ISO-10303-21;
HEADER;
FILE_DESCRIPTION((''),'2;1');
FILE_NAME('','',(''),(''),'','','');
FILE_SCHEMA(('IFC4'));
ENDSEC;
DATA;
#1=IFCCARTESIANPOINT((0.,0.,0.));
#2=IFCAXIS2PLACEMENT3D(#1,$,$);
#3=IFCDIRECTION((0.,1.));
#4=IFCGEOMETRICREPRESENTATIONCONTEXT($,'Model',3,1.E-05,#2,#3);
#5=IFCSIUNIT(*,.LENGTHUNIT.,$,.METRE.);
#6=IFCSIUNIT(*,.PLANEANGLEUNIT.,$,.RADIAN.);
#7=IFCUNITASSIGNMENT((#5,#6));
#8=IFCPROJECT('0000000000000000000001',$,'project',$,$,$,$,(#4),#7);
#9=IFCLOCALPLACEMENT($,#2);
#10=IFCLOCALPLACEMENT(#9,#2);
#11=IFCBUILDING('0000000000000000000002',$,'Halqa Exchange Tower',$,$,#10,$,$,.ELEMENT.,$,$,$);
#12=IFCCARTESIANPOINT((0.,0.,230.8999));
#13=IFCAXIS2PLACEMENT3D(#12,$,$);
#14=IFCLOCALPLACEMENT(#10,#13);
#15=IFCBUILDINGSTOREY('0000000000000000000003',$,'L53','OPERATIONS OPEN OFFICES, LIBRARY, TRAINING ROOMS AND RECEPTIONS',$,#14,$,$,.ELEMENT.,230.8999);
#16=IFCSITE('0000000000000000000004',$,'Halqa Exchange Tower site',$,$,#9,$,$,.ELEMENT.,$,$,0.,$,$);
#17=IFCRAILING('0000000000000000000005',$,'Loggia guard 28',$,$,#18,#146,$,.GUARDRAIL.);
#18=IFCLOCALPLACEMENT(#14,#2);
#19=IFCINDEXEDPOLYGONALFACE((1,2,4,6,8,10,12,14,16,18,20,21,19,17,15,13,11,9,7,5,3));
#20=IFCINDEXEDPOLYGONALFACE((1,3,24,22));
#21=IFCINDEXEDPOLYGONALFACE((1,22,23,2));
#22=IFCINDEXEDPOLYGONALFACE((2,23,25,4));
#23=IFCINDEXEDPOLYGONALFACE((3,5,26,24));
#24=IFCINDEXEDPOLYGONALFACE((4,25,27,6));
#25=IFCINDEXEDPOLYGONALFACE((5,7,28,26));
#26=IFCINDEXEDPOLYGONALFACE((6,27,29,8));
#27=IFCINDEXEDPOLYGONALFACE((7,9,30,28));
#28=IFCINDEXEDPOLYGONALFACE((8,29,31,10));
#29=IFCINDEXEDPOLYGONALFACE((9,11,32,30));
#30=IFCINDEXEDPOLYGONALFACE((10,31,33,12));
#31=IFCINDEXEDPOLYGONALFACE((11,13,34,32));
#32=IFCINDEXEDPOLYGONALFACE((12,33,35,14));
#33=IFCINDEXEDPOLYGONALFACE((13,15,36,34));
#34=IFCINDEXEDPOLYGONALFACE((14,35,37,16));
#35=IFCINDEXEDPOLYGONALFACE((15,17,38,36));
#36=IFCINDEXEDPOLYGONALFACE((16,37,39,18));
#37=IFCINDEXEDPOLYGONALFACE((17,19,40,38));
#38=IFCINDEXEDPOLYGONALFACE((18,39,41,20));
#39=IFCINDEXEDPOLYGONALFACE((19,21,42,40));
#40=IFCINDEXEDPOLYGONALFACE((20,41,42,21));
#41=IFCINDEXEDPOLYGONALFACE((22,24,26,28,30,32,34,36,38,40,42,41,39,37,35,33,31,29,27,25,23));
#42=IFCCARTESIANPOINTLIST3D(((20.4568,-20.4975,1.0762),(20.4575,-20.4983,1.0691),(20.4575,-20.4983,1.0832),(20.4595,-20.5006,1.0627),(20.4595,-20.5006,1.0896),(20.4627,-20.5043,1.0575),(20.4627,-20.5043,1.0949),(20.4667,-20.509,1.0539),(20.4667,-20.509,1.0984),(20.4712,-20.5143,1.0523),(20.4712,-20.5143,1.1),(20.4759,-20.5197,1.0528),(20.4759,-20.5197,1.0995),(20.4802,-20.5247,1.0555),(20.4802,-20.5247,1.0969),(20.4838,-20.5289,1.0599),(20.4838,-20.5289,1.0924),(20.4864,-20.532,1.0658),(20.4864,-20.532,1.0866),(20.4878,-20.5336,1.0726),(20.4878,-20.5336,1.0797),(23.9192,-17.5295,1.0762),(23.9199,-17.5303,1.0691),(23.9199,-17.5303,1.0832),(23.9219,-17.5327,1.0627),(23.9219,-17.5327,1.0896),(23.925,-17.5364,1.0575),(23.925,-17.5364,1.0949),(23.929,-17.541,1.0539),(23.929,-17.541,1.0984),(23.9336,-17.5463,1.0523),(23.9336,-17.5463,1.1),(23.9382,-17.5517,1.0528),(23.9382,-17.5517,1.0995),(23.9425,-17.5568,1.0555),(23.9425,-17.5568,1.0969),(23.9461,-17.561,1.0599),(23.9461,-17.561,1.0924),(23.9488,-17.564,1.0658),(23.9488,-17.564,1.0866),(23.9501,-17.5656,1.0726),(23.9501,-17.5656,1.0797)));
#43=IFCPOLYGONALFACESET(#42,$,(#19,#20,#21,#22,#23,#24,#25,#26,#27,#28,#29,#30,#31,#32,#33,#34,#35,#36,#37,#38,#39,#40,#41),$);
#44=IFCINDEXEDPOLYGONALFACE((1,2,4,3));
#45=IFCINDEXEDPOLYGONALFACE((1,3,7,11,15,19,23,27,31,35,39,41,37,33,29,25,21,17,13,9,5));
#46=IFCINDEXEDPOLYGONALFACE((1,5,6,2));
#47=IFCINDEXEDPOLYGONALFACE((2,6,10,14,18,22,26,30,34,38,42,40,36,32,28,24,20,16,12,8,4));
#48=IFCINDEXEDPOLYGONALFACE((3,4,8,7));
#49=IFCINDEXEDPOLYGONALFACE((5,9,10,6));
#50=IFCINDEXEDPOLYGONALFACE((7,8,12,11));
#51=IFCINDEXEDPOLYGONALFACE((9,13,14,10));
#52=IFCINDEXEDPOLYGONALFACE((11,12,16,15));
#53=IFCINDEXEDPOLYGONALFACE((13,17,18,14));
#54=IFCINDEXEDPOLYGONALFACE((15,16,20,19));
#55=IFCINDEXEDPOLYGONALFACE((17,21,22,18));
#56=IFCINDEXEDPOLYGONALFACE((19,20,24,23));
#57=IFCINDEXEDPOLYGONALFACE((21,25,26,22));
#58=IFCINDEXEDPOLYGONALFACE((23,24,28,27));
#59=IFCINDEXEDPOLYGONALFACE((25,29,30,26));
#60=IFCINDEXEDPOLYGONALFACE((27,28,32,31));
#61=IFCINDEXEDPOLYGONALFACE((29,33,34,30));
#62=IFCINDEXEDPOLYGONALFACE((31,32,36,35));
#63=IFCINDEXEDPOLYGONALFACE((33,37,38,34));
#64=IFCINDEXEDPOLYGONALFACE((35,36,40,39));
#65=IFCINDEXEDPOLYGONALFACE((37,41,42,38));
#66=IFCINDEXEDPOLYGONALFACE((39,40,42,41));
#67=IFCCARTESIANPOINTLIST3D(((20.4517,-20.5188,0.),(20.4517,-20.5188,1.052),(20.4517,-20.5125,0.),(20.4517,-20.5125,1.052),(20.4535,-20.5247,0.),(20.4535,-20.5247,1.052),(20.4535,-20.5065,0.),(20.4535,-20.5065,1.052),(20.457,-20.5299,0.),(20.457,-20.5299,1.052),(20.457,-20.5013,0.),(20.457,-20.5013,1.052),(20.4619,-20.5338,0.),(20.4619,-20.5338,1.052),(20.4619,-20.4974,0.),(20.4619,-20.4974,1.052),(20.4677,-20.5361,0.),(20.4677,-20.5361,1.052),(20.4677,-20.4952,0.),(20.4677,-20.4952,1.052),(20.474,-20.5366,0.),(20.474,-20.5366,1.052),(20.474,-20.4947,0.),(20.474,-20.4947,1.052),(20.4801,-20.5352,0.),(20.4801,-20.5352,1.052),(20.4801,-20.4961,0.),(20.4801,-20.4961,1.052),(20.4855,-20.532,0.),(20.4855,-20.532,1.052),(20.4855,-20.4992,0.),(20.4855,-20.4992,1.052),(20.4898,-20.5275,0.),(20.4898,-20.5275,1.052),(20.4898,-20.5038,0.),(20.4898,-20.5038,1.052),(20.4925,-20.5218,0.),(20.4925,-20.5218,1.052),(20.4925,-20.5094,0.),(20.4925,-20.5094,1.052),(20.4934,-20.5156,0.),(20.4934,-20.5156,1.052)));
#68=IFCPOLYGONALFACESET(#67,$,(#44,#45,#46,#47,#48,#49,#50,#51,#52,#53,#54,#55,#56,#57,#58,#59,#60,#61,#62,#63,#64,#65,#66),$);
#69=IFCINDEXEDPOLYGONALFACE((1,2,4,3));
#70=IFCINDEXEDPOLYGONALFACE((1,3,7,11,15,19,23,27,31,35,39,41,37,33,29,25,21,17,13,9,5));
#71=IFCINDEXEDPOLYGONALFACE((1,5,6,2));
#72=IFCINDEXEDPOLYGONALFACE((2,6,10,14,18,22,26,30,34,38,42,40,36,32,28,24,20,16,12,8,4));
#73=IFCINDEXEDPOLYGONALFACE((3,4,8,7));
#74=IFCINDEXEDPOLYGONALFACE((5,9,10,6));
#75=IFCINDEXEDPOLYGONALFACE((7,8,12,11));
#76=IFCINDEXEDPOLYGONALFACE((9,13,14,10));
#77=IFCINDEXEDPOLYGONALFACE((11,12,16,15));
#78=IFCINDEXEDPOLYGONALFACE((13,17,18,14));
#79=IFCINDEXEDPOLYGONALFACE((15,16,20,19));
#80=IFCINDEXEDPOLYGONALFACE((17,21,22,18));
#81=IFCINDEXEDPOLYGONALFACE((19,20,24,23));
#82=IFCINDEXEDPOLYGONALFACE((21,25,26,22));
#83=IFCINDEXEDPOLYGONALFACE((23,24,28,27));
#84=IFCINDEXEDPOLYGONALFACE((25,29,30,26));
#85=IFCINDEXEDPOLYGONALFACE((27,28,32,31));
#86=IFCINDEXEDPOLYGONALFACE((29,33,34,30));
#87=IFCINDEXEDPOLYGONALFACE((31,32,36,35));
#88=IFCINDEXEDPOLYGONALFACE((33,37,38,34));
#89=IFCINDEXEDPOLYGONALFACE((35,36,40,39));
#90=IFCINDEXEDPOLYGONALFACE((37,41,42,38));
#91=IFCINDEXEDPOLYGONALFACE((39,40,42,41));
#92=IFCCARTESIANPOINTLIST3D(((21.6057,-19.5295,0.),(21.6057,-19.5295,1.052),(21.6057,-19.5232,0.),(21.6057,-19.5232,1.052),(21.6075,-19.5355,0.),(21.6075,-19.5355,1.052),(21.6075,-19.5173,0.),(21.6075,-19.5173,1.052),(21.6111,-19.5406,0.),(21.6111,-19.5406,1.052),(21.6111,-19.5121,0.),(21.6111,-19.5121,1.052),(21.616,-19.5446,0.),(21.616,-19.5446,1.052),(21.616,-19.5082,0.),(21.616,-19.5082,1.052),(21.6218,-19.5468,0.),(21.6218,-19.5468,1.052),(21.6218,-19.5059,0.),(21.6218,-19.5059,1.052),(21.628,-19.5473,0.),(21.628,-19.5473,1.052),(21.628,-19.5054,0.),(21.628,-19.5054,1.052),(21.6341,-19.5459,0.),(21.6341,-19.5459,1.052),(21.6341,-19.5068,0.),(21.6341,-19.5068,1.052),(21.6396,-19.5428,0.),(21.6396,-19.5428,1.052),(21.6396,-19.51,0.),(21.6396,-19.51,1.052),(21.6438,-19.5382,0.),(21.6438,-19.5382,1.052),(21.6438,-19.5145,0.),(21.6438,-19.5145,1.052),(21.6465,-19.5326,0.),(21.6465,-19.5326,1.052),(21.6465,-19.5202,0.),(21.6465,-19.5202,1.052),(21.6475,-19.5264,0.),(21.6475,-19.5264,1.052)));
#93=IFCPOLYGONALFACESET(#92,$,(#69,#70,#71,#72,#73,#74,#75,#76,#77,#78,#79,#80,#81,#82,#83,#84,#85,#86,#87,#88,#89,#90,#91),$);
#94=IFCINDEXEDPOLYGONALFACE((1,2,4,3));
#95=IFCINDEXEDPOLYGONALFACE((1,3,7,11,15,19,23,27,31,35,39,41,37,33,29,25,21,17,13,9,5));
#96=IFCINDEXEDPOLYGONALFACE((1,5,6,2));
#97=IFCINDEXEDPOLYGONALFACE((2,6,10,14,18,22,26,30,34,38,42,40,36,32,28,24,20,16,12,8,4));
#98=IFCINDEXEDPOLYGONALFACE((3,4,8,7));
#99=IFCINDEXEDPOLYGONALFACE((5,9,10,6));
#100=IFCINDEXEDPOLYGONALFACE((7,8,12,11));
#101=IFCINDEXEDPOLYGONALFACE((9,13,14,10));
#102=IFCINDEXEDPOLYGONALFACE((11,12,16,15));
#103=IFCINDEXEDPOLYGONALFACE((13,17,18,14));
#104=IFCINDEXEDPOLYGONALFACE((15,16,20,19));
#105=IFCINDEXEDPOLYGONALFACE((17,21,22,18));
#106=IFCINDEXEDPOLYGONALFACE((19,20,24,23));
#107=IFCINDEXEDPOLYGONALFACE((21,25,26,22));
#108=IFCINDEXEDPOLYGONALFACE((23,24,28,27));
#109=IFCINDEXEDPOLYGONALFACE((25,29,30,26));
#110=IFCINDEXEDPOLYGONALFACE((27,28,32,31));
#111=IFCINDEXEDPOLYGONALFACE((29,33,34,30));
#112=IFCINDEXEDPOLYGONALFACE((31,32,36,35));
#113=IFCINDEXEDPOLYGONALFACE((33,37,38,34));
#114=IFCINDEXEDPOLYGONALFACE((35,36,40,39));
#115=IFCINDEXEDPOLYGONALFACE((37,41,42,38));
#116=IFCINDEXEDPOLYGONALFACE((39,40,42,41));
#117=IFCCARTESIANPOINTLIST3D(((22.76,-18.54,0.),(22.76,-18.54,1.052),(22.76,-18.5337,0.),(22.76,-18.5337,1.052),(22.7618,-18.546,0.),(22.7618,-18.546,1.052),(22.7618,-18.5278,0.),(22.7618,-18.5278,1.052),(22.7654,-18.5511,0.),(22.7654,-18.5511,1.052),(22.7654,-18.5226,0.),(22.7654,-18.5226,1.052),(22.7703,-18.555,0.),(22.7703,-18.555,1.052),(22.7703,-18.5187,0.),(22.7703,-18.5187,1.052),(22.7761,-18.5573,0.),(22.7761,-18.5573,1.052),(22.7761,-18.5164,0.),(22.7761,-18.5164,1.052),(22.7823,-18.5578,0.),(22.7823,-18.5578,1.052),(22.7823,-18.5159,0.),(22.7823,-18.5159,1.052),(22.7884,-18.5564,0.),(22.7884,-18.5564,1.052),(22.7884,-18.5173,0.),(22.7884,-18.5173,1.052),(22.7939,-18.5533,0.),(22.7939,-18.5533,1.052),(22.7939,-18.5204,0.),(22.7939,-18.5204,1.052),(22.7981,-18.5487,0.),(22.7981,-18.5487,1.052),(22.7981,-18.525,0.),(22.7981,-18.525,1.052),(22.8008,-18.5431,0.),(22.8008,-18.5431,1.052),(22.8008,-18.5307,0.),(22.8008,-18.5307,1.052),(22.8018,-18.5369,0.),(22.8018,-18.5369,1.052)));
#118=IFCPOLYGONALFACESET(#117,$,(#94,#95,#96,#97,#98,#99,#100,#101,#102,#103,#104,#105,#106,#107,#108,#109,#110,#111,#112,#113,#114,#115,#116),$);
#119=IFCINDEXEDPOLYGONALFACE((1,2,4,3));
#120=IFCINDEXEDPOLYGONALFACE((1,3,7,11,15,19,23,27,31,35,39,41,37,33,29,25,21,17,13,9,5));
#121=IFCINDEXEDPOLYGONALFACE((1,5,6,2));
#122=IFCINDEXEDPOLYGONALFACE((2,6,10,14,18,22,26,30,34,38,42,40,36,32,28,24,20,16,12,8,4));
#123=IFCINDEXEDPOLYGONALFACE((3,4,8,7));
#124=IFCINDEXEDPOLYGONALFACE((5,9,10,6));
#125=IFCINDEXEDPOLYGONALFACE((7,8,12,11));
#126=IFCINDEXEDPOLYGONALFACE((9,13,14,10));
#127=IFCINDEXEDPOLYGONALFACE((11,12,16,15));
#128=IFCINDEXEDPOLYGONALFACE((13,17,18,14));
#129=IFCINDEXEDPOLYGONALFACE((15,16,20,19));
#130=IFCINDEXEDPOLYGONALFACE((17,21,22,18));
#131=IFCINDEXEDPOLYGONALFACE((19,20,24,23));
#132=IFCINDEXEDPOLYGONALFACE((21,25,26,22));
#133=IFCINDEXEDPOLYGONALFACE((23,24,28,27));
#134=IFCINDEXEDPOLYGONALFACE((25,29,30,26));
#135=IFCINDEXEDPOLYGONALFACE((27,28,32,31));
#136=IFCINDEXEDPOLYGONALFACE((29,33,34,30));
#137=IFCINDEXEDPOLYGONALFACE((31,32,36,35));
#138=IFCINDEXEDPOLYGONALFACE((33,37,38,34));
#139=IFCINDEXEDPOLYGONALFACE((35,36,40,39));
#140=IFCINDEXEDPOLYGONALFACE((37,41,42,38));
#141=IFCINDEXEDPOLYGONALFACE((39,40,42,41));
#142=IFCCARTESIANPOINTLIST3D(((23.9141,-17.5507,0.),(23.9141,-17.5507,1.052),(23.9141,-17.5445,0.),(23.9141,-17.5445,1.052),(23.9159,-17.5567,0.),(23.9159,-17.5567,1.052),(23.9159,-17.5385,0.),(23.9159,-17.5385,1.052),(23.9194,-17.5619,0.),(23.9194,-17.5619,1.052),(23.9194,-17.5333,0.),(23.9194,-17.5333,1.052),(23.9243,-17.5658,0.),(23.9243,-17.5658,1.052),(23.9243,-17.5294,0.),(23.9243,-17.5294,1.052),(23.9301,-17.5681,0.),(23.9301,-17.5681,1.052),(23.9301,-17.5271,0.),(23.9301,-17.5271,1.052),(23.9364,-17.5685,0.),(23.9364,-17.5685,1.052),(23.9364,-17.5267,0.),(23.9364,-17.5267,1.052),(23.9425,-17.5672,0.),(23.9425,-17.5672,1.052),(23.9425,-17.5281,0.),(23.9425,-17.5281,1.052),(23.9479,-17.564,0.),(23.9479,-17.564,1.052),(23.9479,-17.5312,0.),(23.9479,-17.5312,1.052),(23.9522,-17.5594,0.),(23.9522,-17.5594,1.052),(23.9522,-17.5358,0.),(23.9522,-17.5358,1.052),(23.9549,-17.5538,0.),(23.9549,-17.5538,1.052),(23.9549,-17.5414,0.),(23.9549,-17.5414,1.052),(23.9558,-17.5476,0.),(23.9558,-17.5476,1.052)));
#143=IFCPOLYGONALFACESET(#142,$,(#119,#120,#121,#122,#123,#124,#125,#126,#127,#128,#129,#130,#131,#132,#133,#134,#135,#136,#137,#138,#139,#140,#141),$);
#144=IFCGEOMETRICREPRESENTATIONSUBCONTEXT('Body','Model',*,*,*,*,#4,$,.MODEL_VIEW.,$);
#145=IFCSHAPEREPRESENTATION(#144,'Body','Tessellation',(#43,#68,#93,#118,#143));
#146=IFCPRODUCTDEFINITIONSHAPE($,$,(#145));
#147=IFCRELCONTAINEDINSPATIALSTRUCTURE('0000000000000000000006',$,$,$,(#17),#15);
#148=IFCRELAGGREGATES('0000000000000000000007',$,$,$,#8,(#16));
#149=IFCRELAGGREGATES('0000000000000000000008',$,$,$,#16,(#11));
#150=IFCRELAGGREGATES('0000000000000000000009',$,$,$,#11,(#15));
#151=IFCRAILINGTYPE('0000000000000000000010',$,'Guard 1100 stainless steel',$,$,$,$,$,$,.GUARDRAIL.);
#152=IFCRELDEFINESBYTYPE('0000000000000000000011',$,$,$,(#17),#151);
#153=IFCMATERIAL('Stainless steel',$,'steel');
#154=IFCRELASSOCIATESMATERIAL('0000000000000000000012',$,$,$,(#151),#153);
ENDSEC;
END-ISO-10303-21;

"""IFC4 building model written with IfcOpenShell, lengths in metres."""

from ifc_helpers import new_model, si_unit, direction, frame, origin, origin_2d, place, context, subcontext, project, spatial, circle, extrude, material, type_object, element, save


model = new_model("IFC4")

# Units and contexts
model_context = context("Model", 3, precision=1e-05, world=origin(), true_north=direction((0.0, 1.0)))
body_context = subcontext(model_context, "Body", "Model", "MODEL_VIEW")
ifc_project = project(units=[si_unit("LENGTHUNIT", "METRE"), si_unit("PLANEANGLEUNIT", "RADIAN")], contexts=[model_context])

# Site, building, storey
site_placement = place(None, origin())
site = spatial("IfcSite", under=ifc_project, at=site_placement, Name="Halqa Exchange Tower site", CompositionType="ELEMENT", RefElevation=0.0)
building_placement = place(site_placement, origin())
building = spatial("IfcBuilding", under=site, at=building_placement, Name="Halqa Exchange Tower", CompositionType="ELEMENT")
storey_placement = place(building_placement, frame((0.0, 0.0, 230.8999)))
storey = spatial("IfcBuildingStorey", under=building, at=storey_placement, Name="L53", Description="OPERATIONS OPEN OFFICES, LIBRARY, TRAINING ROOMS AND RECEPTIONS", CompositionType="ELEMENT", Elevation=230.8999)

# Railing
ifc_material_1 = material(Name="Stainless steel", Category="steel")
railing_type = type_object("IfcRailingType", Name="Guard 1100 stainless steel", PredefinedType="GUARDRAIL", material=ifc_material_1)
railing_1_placement = place(storey_placement, frame((20.4724, -20.5156, 0.0)))
element("IfcRailing", 1, at=railing_1_placement, inside=storey, type_object=railing_type, Name="Loggia guard 28", PredefinedType="GUARDRAIL", context=body_context, shape_type="SweptSolid", body=[
    extrude(circle(Radius=0.0239, at=origin_2d()), frame((0.0, 0.0, 1.0762), z_axis=(0.75923, 0.650822, 0.0), x_axis=(-0.650822, 0.75923, 0.0)), (0.0, 0.0, 1.0), 4.5603),
    extrude(circle(Radius=0.021, at=origin_2d()), origin(), (0.0, 0.0, 1.0), 1.052),
    extrude(circle(Radius=0.021, at=origin_2d()), frame((1.1541, 0.9893, 0.0)), (0.0, 0.0, 1.0), 1.052),
    extrude(circle(Radius=0.021, at=origin_2d()), frame((2.3083, 1.9788, 0.0)), (0.0, 0.0, 1.0), 1.052),
    extrude(circle(Radius=0.021, at=origin_2d()), frame((3.4624, 2.968, 0.0)), (0.0, 0.0, 1.0), 1.052),
])

save(model, "model.ifc")
